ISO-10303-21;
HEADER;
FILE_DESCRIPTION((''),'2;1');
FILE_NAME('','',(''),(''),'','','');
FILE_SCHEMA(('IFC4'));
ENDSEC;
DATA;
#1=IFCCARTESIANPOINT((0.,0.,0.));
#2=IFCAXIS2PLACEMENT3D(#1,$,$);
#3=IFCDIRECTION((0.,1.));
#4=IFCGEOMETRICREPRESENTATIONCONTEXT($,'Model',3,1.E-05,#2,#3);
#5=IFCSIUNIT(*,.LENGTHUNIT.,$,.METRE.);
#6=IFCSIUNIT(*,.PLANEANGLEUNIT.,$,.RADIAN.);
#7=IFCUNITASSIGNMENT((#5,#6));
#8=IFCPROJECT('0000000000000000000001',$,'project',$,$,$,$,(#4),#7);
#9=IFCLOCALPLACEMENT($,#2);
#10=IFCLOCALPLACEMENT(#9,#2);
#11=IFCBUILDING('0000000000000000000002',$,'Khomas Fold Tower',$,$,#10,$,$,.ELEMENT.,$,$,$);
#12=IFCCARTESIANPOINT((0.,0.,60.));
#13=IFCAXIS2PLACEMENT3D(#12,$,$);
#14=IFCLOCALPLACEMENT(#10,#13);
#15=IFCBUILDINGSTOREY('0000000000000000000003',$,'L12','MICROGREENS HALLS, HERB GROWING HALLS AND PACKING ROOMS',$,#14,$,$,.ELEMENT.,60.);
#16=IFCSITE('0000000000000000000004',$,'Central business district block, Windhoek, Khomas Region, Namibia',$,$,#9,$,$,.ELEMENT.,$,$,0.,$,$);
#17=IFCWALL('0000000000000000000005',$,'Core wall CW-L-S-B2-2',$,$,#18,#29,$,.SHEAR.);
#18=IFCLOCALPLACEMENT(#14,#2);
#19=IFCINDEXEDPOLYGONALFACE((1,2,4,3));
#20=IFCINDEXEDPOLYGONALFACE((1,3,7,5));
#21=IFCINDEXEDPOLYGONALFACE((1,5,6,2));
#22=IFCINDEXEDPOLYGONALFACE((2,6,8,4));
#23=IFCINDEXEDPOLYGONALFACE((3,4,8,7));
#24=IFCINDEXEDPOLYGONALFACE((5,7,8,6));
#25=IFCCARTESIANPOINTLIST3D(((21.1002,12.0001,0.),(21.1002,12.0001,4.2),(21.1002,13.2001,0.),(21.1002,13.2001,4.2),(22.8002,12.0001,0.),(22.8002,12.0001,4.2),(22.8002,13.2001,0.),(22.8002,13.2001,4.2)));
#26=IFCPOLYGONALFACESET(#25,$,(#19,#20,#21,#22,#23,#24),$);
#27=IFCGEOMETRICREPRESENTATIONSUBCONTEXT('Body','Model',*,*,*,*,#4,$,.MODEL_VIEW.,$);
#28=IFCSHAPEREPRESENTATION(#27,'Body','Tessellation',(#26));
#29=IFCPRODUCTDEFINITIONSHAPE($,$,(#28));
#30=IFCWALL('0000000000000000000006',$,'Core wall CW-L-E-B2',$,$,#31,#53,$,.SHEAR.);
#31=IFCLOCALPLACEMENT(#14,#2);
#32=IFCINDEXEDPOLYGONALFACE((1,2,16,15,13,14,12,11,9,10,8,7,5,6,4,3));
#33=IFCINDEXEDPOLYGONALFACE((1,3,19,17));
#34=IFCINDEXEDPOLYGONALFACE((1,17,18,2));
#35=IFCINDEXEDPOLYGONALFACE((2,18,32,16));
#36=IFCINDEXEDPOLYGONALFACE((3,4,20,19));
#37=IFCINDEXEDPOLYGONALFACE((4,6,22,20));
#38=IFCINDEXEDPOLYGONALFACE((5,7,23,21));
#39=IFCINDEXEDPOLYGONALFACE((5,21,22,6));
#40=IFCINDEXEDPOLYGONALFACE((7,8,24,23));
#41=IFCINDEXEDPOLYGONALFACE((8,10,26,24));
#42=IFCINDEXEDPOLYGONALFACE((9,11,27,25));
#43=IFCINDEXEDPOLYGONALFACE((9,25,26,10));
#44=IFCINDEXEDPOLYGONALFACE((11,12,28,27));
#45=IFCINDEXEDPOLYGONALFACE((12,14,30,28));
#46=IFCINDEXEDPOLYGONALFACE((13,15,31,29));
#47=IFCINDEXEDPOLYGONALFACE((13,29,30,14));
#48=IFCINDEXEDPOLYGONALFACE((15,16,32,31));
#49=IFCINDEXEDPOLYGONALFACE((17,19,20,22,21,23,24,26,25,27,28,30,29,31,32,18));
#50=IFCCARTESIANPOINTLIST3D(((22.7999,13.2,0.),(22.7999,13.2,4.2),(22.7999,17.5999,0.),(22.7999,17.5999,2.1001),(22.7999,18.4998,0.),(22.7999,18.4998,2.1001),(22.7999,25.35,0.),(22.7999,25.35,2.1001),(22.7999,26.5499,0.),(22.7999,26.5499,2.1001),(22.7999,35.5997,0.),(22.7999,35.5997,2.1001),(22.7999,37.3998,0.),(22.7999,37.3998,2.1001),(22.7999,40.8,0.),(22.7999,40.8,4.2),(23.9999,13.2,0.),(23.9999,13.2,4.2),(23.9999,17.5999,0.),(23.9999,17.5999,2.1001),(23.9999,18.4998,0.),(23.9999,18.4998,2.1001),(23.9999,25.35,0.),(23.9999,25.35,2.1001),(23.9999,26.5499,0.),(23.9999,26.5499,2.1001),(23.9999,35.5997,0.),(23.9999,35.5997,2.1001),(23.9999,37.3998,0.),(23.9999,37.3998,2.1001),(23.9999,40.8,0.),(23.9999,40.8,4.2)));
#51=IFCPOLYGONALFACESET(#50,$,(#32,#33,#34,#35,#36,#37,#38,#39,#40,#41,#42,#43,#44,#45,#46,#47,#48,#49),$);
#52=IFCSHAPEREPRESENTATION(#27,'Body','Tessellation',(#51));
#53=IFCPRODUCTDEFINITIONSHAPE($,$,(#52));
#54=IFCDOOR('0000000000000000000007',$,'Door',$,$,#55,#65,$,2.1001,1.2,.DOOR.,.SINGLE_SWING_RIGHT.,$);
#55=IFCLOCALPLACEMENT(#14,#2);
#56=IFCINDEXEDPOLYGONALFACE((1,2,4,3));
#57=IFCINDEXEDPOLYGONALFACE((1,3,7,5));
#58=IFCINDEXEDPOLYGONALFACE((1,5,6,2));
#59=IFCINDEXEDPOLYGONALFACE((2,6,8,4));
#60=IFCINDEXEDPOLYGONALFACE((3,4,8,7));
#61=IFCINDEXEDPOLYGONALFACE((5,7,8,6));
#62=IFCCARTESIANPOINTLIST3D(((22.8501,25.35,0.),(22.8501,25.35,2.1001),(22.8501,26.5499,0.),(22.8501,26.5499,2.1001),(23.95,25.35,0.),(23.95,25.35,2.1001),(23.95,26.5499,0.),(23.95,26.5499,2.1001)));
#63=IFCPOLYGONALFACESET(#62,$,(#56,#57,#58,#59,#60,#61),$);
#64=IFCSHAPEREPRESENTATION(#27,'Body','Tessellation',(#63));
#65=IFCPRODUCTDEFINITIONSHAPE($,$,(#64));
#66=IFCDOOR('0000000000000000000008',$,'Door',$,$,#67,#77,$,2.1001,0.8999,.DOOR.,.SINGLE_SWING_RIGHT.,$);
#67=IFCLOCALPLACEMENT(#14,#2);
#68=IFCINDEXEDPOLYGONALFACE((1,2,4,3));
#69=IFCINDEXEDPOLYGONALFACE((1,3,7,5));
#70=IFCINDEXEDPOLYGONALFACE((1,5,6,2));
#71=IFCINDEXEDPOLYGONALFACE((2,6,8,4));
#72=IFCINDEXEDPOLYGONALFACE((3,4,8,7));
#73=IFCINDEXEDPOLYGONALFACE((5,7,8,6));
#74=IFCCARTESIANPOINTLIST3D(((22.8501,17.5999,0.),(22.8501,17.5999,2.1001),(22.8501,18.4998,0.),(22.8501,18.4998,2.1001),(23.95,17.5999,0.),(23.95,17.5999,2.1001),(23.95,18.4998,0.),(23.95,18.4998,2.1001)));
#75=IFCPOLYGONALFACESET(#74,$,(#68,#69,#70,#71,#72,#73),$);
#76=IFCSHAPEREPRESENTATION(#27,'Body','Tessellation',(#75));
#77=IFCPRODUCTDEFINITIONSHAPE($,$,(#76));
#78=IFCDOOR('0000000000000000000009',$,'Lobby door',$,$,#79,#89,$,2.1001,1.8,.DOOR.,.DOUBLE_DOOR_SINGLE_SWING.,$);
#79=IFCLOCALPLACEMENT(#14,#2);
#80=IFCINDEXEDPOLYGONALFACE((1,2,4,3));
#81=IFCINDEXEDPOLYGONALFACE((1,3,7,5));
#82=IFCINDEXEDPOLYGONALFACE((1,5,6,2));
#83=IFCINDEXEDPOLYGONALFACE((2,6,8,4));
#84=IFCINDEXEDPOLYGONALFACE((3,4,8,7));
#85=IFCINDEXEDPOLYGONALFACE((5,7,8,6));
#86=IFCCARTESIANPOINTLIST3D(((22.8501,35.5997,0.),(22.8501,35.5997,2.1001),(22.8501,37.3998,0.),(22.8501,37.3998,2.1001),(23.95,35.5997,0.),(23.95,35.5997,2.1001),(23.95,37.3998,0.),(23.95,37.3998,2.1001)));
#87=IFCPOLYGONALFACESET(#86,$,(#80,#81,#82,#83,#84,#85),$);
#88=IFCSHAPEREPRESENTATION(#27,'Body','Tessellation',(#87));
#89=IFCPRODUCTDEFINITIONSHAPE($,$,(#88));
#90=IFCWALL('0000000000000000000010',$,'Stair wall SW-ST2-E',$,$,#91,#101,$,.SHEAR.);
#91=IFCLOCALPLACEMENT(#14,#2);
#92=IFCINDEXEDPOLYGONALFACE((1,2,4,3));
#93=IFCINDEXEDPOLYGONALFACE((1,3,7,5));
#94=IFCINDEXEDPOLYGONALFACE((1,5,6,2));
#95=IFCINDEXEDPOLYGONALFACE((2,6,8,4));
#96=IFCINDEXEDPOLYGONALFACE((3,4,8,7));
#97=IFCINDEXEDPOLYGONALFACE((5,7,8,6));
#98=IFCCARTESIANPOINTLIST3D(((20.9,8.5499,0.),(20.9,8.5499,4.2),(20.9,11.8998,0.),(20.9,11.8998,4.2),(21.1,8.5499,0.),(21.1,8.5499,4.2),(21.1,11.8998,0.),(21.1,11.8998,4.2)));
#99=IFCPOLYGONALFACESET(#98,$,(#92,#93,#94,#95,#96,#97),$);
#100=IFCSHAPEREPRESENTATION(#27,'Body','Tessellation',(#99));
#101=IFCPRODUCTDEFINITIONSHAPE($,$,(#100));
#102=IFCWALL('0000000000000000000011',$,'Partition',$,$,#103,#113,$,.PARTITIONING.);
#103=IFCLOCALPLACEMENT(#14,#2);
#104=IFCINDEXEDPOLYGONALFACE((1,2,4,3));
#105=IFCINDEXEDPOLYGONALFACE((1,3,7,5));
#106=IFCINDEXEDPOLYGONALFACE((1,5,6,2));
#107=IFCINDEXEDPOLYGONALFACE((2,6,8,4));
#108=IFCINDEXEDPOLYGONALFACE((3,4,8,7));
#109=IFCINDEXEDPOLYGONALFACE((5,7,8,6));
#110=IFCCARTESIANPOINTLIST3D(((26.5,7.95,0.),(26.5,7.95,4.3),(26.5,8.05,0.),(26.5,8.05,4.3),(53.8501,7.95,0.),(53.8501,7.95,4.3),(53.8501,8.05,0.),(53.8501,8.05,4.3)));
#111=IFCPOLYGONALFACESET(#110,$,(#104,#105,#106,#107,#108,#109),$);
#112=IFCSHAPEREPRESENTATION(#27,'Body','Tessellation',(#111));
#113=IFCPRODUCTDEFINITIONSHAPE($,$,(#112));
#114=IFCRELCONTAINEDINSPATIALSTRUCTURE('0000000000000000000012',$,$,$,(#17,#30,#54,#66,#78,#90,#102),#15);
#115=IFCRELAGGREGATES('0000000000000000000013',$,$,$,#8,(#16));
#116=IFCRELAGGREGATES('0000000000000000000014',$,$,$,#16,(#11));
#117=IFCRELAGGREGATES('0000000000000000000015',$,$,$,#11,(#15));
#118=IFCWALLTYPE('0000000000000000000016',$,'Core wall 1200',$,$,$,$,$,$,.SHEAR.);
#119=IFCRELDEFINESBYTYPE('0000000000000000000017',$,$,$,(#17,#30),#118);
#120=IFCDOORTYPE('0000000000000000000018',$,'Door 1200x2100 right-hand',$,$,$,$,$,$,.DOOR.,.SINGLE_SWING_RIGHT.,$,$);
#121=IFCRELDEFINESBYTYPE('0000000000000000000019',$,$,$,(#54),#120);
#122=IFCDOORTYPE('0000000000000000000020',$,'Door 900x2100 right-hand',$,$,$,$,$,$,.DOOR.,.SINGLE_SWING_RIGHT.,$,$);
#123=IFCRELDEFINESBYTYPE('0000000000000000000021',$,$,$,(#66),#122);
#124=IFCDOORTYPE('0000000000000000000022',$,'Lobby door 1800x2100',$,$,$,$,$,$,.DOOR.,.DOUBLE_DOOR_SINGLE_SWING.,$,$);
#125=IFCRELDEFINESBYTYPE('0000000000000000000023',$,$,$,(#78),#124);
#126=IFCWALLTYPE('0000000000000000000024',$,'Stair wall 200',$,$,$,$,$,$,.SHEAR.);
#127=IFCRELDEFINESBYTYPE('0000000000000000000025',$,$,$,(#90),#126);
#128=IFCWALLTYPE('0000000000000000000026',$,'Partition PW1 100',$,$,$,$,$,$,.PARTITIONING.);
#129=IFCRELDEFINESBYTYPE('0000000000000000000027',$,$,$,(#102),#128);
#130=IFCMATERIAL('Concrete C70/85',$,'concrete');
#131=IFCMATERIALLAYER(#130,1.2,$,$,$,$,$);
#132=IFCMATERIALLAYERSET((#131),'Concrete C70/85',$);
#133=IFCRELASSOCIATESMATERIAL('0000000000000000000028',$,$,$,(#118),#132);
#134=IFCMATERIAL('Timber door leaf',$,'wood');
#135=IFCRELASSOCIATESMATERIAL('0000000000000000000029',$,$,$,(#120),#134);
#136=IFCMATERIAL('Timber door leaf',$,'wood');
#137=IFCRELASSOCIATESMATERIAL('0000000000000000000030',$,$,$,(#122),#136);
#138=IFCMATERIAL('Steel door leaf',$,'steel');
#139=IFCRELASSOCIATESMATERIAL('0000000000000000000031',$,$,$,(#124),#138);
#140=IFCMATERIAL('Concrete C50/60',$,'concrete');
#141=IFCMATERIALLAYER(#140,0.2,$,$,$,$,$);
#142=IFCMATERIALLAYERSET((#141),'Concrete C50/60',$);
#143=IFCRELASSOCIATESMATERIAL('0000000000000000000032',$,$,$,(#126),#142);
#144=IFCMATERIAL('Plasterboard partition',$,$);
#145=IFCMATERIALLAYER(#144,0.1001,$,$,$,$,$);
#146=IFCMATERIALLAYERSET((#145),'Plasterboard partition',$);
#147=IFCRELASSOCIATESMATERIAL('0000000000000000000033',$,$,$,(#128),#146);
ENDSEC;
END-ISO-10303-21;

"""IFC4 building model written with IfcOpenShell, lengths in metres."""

from ifc_helpers import new_model, si_unit, direction, frame, frame_2d, origin, place, context, subcontext, project, spatial, rectangle, extrude, source, transform, mapped, material, layer, layer_set, type_object, element, fill, save


model = new_model("IFC4")

# Units and contexts
model_context = context("Model", 3, precision=1e-05, world=origin(), true_north=direction((0.0, 1.0)))
body_context = subcontext(model_context, "Body", "Model", "MODEL_VIEW")
ifc_project = project(units=[si_unit("LENGTHUNIT", "METRE"), si_unit("PLANEANGLEUNIT", "RADIAN")], contexts=[model_context])

# Site, building, storey
site_placement = place(None, origin())
site = spatial("IfcSite", under=ifc_project, at=site_placement, Name="Central business district block, Windhoek, Khomas Region, Namibia", CompositionType="ELEMENT", RefElevation=0.0)
building_placement = place(site_placement, origin())
building = spatial("IfcBuilding", under=site, at=building_placement, Name="Khomas Fold Tower", CompositionType="ELEMENT")
storey_placement = place(building_placement, frame((0.0, 0.0, 60.0)))
storey = spatial("IfcBuildingStorey", under=building, at=storey_placement, Name="L12", Description="MICROGREENS HALLS, HERB GROWING HALLS AND PACKING ROOMS", CompositionType="ELEMENT", Elevation=60.0)

# Wall
ifc_material_1 = material(Name="Concrete C70/85", Category="concrete")
ifc_layer_1 = layer(ifc_material_1, 1.2)
ifc_layer_set_1 = layer_set([ifc_layer_1], Name="Concrete C70/85")
wall_type_1 = type_object("IfcWallType", Name="Core wall 1200", PredefinedType="SHEAR", material=ifc_layer_set_1)
shared_shape_1 = source(origin(), body_context, "Body", "SweptSolid", [
    extrude(rectangle(XDim=1.7, YDim=1.2, at=frame_2d((0.8501, 0.0))), origin(), (0.0, 0.0, 1.0), 4.2),
])
wall_1_placement = place(storey_placement, frame((21.1001, 12.6001, 0.0), z_axis=(0.0, 0.0, 1.0), x_axis=(1.0, 0.0, 0.0)))
element("IfcWall", 1, at=wall_1_placement, inside=storey, type_object=wall_type_1, Name="Core wall CW-L-S-B2-2", PredefinedType="SHEAR", context=body_context, shape_type="MappedRepresentation", body=[
    mapped(shared_shape_1, transform((0.0, 0.0, 0.0))),
])

# Wall, openings, doors
shared_shape_2 = source(origin(), body_context, "Body", "SweptSolid", [
    extrude(rectangle(XDim=27.6001, YDim=1.2, at=frame_2d((13.8, 0.0))), origin(), (0.0, 0.0, 1.0), 4.2),
])
wall_2_placement = place(storey_placement, frame((23.3999, 13.2, 0.0), z_axis=(0.0, 0.0, 1.0), x_axis=(0.0, 1.0, 0.0)))
wall_2 = element("IfcWall", 2, at=wall_2_placement, inside=storey, type_object=wall_type_1, Name="Core wall CW-L-E-B2", PredefinedType="SHEAR", context=body_context, shape_type="MappedRepresentation", body=[
    mapped(shared_shape_2, transform((0.0, 0.0, 0.0))),
])
shared_shape_3 = source(origin(), body_context, "Body", "SweptSolid", [
    extrude(rectangle(XDim=1.8, YDim=2.1001, at=frame_2d((0.8999, 1.05))), frame((0.0, 0.6099, 0.0), z_axis=(0.0, -1.0, 0.0), x_axis=(1.0, 0.0, 0.0)), (0.0, 0.0, 1.0), 1.22),
])
opening_1_placement = place(wall_2_placement, frame((22.3999, 0.0, 0.0)))
opening_1 = element("IfcOpeningElement", 3, at=opening_1_placement, cuts=wall_2, PredefinedType="OPENING", context=body_context, shape_type="MappedRepresentation", body=[
    mapped(shared_shape_3, transform((0.0, 0.0, 0.0))),
])
shared_shape_4 = source(origin(), body_context, "Body", "SweptSolid", [
    extrude(rectangle(XDim=1.2, YDim=2.1001, at=frame_2d((0.6001, 1.05))), frame((0.0, 0.6099, 0.0), z_axis=(0.0, -1.0, 0.0), x_axis=(1.0, 0.0, 0.0)), (0.0, 0.0, 1.0), 1.22),
])
opening_2_placement = place(wall_2_placement, frame((12.1499, 0.0, 0.0)))
opening_2 = element("IfcOpeningElement", 4, at=opening_2_placement, cuts=wall_2, PredefinedType="OPENING", context=body_context, shape_type="MappedRepresentation", body=[
    mapped(shared_shape_4, transform((0.0, 0.0, 0.0))),
])
shared_shape_5 = source(origin(), body_context, "Body", "SweptSolid", [
    extrude(rectangle(XDim=0.8999, YDim=2.1001, at=frame_2d((0.45, 1.05))), frame((0.0, 0.6099, 0.0), z_axis=(0.0, -1.0, 0.0), x_axis=(1.0, 0.0, 0.0)), (0.0, 0.0, 1.0), 1.22),
])
opening_3_placement = place(wall_2_placement, frame((4.3999, 0.0, 0.0)))
opening_3 = element("IfcOpeningElement", 5, at=opening_3_placement, cuts=wall_2, PredefinedType="OPENING", context=body_context, shape_type="MappedRepresentation", body=[
    mapped(shared_shape_5, transform((0.0, 0.0, 0.0))),
])
ifc_material_2 = material(Name="Timber door leaf", Category="wood")
door_type_1 = type_object("IfcDoorType", Name="Door 1200x2100 right-hand", OperationType="SINGLE_SWING_RIGHT", PredefinedType="DOOR", material=ifc_material_2)
shared_shape_6 = source(origin(), body_context, "Body", "SweptSolid", [
    extrude(rectangle(XDim=1.2, YDim=2.1001, at=frame_2d((0.6001, 1.05))), frame((0.0, 0.5498, 0.0), z_axis=(0.0, -1.0, 0.0), x_axis=(1.0, 0.0, 0.0)), (0.0, 0.0, 1.0), 1.0999),
])
door_1_placement = place(opening_2_placement, origin())
door_1 = element("IfcDoor", 6, at=door_1_placement, inside=storey, type_object=door_type_1, Name="Door", OperationType="SINGLE_SWING_RIGHT", OverallHeight=2.1001, OverallWidth=1.2, PredefinedType="DOOR", context=body_context, shape_type="MappedRepresentation", body=[
    mapped(shared_shape_6, transform((0.0, 0.0, 0.0))),
])
fill(opening_2, door_1)
ifc_material_3 = material(Name="Timber door leaf", Category="wood")
door_type_2 = type_object("IfcDoorType", Name="Door 900x2100 right-hand", OperationType="SINGLE_SWING_RIGHT", PredefinedType="DOOR", material=ifc_material_3)
shared_shape_7 = source(origin(), body_context, "Body", "SweptSolid", [
    extrude(rectangle(XDim=0.8999, YDim=2.1001, at=frame_2d((0.45, 1.05))), frame((0.0, 0.5498, 0.0), z_axis=(0.0, -1.0, 0.0), x_axis=(1.0, 0.0, 0.0)), (0.0, 0.0, 1.0), 1.0999),
])
door_2_placement = place(opening_3_placement, origin())
door_2 = element("IfcDoor", 7, at=door_2_placement, inside=storey, type_object=door_type_2, Name="Door", OperationType="SINGLE_SWING_RIGHT", OverallHeight=2.1001, OverallWidth=0.8999, PredefinedType="DOOR", context=body_context, shape_type="MappedRepresentation", body=[
    mapped(shared_shape_7, transform((0.0, 0.0, 0.0))),
])
fill(opening_3, door_2)
ifc_material_4 = material(Name="Steel door leaf", Category="steel")
door_type_3 = type_object("IfcDoorType", Name="Lobby door 1800x2100", OperationType="DOUBLE_DOOR_SINGLE_SWING", PredefinedType="DOOR", material=ifc_material_4)
shared_shape_8 = source(origin(), body_context, "Body", "SweptSolid", [
    extrude(rectangle(XDim=1.8, YDim=2.1001, at=frame_2d((0.8999, 1.05))), frame((0.0, 0.5498, 0.0), z_axis=(0.0, -1.0, 0.0), x_axis=(1.0, 0.0, 0.0)), (0.0, 0.0, 1.0), 1.0999),
])
door_3_placement = place(opening_1_placement, origin())
door_3 = element("IfcDoor", 8, at=door_3_placement, inside=storey, type_object=door_type_3, Name="Lobby door", OperationType="DOUBLE_DOOR_SINGLE_SWING", OverallHeight=2.1001, OverallWidth=1.8, PredefinedType="DOOR", context=body_context, shape_type="MappedRepresentation", body=[
    mapped(shared_shape_8, transform((0.0, 0.0, 0.0))),
])
fill(opening_1, door_3)

# Walls
ifc_material_5 = material(Name="Concrete C50/60", Category="concrete")
ifc_layer_2 = layer(ifc_material_5, 0.2)
ifc_layer_set_2 = layer_set([ifc_layer_2], Name="Concrete C50/60")
wall_type_2 = type_object("IfcWallType", Name="Stair wall 200", PredefinedType="SHEAR", material=ifc_layer_set_2)
shared_shape_9 = source(origin(), body_context, "Body", "SweptSolid", [
    extrude(rectangle(XDim=3.3499, YDim=0.2, at=frame_2d((1.6748, 0.0))), origin(), (0.0, 0.0, 1.0), 4.2),
])
wall_3_placement = place(storey_placement, frame((21.0, 8.55, 0.0), z_axis=(0.0, 0.0, 1.0), x_axis=(0.0, 1.0, 0.0)))
element("IfcWall", 9, at=wall_3_placement, inside=storey, type_object=wall_type_2, Name="Stair wall SW-ST2-E", PredefinedType="SHEAR", context=body_context, shape_type="MappedRepresentation", body=[
    mapped(shared_shape_9, transform((0.0, 0.0, 0.0))),
])
ifc_material_6 = material(Name="Plasterboard partition")
ifc_layer_3 = layer(ifc_material_6, 0.1001)
ifc_layer_set_3 = layer_set([ifc_layer_3], Name="Plasterboard partition")
wall_type_3 = type_object("IfcWallType", Name="Partition PW1 100", PredefinedType="PARTITIONING", material=ifc_layer_set_3)
shared_shape_10 = source(origin(), body_context, "Body", "SweptSolid", [
    extrude(rectangle(XDim=27.3501, YDim=0.1001, at=frame_2d((13.675, 0.0))), origin(), (0.0, 0.0, 1.0), 4.3),
])
wall_4_placement = place(storey_placement, frame((26.5, 8.0, 0.0), z_axis=(0.0, 0.0, 1.0), x_axis=(1.0, 0.0, 0.0)))
element("IfcWall", 10, at=wall_4_placement, inside=storey, type_object=wall_type_3, Name="Partition", PredefinedType="PARTITIONING", context=body_context, shape_type="MappedRepresentation", body=[
    mapped(shared_shape_10, transform((0.0, 0.0, 0.0))),
])

save(model, "model.ifc")
